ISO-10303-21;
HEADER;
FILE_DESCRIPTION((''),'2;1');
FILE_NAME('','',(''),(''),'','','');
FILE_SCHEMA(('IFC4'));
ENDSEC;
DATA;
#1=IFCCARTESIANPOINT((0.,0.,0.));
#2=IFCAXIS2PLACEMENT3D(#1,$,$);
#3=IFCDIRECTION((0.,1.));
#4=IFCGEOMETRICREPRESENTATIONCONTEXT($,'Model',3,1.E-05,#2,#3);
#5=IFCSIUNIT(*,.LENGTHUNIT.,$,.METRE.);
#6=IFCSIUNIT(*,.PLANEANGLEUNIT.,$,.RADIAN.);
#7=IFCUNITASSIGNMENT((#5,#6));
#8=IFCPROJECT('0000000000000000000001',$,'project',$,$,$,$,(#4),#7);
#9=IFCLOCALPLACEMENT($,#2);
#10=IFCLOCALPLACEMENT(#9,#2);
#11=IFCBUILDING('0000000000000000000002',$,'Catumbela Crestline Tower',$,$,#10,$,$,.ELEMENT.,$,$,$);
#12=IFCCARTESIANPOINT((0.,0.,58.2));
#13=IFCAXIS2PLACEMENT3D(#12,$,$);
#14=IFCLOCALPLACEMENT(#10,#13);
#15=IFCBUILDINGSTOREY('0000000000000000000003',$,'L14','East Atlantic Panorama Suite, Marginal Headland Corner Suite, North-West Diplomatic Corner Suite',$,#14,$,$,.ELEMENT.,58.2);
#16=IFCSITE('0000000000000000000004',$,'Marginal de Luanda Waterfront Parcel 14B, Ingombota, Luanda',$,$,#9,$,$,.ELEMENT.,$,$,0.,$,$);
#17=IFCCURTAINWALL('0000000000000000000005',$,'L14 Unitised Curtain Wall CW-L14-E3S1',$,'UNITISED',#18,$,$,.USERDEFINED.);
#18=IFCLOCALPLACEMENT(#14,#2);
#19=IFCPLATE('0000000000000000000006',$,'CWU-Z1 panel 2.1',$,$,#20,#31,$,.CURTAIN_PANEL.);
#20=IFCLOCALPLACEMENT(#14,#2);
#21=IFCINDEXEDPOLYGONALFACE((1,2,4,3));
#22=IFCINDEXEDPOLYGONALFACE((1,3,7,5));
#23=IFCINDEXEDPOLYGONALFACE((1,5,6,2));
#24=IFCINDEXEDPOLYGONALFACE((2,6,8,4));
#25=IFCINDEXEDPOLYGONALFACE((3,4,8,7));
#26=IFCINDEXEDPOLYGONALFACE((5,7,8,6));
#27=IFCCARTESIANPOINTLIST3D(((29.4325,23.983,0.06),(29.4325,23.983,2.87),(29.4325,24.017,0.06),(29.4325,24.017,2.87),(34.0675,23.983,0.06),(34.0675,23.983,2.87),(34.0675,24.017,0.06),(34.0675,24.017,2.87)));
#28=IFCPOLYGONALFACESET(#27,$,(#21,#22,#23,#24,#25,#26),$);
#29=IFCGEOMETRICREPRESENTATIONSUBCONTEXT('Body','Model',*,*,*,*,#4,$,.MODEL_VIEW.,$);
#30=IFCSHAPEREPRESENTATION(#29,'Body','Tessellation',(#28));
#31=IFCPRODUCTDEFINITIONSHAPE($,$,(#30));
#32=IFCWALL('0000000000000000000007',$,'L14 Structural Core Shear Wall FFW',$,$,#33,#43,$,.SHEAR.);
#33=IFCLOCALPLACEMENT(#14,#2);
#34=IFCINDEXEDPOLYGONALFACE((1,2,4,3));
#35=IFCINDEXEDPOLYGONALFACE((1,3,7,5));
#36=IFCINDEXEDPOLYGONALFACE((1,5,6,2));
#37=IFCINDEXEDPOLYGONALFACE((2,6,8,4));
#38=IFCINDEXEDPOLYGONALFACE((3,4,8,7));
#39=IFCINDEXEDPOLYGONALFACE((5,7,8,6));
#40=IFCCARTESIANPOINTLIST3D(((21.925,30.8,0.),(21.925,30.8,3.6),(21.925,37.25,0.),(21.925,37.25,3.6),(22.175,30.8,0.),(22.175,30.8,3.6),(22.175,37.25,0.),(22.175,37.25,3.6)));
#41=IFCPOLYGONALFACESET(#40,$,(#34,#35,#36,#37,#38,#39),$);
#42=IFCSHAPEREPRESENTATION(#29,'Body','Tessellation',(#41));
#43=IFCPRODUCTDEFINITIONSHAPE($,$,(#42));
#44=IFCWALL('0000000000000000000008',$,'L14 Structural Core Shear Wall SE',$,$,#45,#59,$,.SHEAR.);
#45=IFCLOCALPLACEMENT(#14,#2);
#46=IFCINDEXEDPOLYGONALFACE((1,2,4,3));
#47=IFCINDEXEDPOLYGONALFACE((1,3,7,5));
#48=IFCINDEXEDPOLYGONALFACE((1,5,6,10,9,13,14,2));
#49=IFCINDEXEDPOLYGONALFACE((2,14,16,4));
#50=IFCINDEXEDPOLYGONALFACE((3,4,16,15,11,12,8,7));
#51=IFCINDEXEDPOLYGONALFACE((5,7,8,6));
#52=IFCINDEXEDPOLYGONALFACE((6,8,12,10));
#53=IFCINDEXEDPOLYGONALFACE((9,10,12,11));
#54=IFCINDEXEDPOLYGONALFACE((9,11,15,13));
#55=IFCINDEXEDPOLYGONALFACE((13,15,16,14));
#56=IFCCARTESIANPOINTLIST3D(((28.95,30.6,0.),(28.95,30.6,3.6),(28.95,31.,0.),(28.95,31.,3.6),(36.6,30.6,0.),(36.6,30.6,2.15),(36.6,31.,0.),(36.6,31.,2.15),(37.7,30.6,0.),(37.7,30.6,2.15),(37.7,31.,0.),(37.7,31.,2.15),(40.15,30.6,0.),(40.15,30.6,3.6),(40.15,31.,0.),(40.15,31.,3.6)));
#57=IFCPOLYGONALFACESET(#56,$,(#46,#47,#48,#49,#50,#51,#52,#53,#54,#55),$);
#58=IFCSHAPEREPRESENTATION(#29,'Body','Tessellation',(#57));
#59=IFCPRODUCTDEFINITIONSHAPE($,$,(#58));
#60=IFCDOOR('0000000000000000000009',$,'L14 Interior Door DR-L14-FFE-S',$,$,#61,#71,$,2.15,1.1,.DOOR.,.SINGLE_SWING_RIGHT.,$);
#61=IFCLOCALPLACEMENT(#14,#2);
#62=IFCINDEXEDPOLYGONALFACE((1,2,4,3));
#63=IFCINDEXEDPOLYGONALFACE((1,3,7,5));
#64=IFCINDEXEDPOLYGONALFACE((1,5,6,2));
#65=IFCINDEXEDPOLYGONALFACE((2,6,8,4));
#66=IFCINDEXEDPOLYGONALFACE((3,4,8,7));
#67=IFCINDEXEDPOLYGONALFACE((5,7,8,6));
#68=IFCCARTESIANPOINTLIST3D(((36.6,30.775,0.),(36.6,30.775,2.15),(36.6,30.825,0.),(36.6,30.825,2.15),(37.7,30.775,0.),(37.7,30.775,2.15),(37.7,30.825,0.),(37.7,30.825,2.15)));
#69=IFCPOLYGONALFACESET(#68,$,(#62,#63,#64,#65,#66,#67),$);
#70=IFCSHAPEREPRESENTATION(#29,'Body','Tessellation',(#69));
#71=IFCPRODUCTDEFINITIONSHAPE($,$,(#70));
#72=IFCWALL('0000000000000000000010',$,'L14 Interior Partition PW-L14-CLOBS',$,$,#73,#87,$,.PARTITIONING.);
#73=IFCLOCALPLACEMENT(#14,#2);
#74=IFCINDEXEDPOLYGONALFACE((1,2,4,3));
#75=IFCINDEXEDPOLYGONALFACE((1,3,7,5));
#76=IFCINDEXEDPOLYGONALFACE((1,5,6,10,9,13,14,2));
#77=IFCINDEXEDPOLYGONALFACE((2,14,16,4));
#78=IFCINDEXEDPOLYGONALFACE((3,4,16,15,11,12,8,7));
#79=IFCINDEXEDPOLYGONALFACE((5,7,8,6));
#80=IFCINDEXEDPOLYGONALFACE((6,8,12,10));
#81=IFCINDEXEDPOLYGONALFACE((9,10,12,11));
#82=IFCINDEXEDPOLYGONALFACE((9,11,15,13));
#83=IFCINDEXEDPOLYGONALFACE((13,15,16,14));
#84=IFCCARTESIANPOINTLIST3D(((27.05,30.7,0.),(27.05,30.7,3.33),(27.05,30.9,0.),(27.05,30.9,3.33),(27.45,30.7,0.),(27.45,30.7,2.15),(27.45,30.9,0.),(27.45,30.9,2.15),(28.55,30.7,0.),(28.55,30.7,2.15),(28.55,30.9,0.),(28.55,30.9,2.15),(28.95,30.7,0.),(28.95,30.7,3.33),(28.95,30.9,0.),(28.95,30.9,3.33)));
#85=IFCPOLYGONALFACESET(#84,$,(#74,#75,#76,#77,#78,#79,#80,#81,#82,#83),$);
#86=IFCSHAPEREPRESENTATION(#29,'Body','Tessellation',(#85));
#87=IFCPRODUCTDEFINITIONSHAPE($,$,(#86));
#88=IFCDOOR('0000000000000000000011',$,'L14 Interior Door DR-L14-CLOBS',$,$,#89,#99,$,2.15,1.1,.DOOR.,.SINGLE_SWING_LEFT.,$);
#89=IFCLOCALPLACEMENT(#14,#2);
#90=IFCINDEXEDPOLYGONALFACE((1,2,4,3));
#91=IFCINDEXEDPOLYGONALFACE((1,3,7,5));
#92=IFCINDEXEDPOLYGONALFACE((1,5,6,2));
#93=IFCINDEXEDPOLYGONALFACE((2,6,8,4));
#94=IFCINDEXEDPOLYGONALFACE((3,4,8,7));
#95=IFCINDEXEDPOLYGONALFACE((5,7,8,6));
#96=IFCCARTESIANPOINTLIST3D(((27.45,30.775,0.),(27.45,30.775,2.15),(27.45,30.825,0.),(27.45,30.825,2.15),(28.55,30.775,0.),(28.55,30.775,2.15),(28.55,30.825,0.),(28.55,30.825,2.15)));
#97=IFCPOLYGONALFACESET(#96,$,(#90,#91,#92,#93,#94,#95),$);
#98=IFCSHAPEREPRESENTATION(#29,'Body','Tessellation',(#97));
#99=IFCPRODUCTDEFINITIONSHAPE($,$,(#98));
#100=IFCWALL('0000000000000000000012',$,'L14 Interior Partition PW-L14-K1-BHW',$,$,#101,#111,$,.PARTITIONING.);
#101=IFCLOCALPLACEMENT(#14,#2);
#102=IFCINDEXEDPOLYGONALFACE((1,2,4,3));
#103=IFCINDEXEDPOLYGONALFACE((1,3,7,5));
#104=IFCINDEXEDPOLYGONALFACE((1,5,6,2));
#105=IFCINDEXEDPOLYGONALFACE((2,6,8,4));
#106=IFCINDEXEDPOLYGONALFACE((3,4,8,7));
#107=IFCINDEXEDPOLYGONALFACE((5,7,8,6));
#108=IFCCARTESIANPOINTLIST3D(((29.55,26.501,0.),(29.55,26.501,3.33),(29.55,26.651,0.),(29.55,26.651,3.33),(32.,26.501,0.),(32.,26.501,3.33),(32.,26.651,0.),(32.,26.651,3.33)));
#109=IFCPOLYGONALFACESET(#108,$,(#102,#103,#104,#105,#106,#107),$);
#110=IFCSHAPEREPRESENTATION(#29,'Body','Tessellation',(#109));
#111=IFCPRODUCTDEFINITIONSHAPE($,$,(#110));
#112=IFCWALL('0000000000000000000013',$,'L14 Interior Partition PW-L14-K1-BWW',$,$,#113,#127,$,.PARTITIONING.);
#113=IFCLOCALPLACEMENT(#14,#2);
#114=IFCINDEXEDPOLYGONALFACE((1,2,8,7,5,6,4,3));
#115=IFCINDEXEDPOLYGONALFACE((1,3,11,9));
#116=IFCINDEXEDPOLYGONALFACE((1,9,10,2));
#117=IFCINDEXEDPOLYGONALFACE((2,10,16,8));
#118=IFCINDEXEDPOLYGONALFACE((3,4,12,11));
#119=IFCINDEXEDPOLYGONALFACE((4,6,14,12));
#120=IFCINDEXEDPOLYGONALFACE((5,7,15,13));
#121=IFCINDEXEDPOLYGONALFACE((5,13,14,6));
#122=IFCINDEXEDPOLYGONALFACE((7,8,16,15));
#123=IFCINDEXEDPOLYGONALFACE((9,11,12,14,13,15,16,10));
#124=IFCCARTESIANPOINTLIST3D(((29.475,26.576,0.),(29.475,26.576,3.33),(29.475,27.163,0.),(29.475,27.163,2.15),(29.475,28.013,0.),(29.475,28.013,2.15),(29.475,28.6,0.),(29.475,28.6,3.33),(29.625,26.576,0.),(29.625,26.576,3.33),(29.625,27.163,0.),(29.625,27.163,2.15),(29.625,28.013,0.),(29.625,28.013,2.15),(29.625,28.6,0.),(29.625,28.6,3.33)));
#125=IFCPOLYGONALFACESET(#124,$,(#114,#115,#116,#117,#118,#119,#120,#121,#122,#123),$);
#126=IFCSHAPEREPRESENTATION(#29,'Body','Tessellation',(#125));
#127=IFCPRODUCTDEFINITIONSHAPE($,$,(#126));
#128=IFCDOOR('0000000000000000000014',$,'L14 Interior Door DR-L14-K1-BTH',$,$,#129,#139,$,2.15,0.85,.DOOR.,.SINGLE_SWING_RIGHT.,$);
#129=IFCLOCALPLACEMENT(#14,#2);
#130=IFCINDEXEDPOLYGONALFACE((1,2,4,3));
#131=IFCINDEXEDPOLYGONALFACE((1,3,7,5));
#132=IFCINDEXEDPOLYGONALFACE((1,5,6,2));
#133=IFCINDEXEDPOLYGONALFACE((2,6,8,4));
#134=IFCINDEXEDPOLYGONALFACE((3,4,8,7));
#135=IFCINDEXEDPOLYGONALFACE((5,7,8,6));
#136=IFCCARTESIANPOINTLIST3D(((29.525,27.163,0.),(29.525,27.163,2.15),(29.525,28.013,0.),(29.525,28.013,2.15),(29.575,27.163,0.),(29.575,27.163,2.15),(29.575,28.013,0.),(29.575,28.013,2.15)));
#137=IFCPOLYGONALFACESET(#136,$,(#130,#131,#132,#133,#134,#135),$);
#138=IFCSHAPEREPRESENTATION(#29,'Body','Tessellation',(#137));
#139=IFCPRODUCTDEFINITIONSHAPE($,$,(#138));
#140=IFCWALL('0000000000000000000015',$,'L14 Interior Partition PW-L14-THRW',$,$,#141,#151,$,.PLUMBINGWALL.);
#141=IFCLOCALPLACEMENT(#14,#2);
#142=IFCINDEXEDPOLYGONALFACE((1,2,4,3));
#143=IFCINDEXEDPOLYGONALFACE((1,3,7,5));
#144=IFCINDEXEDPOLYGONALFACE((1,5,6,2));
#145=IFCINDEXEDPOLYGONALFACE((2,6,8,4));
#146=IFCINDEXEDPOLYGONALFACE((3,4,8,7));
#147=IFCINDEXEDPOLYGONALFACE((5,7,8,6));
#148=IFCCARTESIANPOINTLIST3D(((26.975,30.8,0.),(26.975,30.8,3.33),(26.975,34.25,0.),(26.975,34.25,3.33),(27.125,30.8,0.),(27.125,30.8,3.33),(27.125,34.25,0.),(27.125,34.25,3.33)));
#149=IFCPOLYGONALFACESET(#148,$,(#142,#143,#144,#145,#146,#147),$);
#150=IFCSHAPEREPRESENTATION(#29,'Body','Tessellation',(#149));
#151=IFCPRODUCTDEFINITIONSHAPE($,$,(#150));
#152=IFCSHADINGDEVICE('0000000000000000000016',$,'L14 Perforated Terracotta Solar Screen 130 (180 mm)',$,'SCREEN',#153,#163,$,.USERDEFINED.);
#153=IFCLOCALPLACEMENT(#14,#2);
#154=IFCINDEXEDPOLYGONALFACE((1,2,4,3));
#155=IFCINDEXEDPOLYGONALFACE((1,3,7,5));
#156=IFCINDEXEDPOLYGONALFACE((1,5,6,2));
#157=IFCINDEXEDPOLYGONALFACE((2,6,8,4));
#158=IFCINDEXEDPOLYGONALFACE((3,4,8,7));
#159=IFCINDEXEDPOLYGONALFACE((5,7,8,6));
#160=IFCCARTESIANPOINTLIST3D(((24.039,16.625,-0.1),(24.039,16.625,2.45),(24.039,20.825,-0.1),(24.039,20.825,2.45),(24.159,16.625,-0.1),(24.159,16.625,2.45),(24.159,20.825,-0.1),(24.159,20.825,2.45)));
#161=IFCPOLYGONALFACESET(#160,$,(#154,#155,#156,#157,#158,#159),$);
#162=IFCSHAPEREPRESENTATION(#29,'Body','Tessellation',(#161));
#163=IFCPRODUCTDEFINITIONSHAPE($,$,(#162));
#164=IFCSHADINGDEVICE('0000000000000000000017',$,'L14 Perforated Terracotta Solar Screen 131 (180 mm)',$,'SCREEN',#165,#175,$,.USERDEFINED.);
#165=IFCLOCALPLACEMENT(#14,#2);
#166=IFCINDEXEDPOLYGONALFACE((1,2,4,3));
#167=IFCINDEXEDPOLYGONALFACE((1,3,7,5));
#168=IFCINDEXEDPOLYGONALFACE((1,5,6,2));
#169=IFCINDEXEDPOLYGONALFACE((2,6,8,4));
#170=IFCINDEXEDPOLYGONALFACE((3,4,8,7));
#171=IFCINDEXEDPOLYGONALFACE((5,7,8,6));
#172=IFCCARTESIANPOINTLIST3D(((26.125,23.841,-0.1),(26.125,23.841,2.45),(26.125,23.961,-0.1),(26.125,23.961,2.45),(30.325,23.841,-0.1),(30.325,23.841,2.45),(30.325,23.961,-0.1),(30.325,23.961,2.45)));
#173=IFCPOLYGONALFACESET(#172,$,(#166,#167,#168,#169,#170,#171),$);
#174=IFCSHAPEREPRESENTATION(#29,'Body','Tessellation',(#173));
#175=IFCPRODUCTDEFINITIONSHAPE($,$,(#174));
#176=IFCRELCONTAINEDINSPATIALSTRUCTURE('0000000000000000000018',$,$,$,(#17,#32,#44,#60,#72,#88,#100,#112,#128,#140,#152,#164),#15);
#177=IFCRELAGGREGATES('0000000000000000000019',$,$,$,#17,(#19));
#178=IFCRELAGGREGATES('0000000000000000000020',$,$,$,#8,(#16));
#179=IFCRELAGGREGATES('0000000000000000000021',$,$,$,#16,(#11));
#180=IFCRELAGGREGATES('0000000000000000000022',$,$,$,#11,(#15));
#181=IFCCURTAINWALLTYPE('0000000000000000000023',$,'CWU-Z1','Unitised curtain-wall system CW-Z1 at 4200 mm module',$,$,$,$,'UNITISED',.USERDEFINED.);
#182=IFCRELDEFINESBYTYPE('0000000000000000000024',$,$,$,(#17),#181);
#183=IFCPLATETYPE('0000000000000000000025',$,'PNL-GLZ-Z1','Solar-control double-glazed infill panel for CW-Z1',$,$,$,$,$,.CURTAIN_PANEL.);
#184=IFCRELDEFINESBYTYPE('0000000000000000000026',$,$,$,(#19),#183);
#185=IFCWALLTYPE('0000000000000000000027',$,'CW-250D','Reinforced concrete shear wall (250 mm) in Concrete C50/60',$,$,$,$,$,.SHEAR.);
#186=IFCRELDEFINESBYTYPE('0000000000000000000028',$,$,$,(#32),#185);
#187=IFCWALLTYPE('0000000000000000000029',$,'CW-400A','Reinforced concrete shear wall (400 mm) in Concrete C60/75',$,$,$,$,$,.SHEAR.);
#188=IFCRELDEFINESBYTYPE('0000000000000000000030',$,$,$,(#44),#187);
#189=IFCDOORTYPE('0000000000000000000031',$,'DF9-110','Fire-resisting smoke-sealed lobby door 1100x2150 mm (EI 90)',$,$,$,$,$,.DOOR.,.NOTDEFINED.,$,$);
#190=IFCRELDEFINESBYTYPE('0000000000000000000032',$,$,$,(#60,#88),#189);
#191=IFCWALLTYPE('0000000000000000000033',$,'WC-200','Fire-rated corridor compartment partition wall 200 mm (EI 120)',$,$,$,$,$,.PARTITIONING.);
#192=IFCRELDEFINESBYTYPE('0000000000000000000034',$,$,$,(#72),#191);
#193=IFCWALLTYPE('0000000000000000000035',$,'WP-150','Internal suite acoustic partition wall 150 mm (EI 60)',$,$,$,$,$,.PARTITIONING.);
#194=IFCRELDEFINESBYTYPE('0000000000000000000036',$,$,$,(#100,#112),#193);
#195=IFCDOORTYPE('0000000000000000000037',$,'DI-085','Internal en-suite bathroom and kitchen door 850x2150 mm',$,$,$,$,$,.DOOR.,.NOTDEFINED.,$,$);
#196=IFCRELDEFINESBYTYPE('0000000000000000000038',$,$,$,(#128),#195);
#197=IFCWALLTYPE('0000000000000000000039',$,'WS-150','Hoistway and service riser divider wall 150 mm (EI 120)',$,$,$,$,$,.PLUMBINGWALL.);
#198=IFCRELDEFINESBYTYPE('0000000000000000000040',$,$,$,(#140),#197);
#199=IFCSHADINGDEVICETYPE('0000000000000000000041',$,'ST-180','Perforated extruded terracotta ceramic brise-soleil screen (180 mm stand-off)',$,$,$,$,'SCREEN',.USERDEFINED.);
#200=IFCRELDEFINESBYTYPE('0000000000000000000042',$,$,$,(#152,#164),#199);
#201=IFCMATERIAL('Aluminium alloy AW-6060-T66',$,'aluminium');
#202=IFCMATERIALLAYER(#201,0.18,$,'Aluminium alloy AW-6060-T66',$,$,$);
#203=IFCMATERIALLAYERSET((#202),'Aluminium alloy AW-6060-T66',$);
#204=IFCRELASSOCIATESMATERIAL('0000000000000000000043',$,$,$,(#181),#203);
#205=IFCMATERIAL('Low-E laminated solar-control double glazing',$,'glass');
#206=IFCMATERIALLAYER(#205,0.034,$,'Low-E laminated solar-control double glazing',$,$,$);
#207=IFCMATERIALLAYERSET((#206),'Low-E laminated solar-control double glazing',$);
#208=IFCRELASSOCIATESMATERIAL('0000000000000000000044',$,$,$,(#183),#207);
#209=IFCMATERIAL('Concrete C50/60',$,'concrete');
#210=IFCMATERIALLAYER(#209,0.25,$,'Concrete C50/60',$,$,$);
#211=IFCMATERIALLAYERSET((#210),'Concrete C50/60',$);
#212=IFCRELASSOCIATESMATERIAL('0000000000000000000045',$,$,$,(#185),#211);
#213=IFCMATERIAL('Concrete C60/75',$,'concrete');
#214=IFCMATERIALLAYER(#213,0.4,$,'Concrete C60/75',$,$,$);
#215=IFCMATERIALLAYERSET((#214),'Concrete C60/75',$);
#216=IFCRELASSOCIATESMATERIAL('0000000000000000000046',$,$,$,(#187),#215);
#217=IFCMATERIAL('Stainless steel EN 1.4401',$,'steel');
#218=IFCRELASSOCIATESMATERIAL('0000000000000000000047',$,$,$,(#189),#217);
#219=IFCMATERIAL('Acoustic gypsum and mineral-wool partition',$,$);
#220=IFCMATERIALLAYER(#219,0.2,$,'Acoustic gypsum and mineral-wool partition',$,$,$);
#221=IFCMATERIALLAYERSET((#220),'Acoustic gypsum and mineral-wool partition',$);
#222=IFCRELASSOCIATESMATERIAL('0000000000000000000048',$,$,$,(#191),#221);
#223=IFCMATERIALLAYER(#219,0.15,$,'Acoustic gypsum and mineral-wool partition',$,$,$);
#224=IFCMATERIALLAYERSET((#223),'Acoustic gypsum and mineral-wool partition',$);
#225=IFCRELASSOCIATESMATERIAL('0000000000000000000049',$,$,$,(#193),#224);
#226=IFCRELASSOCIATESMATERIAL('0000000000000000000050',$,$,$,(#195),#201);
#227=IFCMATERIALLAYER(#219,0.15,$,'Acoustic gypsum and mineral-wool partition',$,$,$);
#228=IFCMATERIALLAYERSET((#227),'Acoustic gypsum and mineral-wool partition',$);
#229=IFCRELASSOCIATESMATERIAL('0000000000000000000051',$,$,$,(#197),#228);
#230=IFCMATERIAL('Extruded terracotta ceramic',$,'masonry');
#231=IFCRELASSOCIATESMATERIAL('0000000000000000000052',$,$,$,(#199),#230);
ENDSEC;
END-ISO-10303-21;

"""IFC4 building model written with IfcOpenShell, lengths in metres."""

from ifc_helpers import new_model, si_unit, direction, frame, frame_2d, origin, origin_2d, place, context, subcontext, project, spatial, rectangle, extrude, material, layer, layer_set, type_object, element, fill, aggregate, save


model = new_model("IFC4")

# Units and contexts
model_context = context("Model", 3, precision=1e-05, world=origin(), true_north=direction((0.0, 1.0)))
body_context = subcontext(model_context, "Body", "Model", "MODEL_VIEW")
ifc_project = project(units=[si_unit("LENGTHUNIT", "METRE"), si_unit("PLANEANGLEUNIT", "RADIAN")], contexts=[model_context])

# Site, building, storey
site_placement = place(None, origin())
site = spatial("IfcSite", under=ifc_project, at=site_placement, Name="Marginal de Luanda Waterfront Parcel 14B, Ingombota, Luanda", CompositionType="ELEMENT", RefElevation=0.0)
building_placement = place(site_placement, origin())
building = spatial("IfcBuilding", under=site, at=building_placement, Name="Catumbela Crestline Tower", CompositionType="ELEMENT")
storey_placement = place(building_placement, frame((0.0, 0.0, 58.2)))
storey = spatial("IfcBuildingStorey", under=building, at=storey_placement, Name="L14", Description="East Atlantic Panorama Suite, Marginal Headland Corner Suite, North-West Diplomatic Corner Suite", CompositionType="ELEMENT", Elevation=58.2)

# Shared definitions
ifc_material_1 = material(Name="Concrete C60/75", Category="concrete")

# Curtain wall
ifc_material_2 = material(Name="Aluminium alloy AW-6060-T66", Category="aluminium")
ifc_layer_1 = layer(ifc_material_2, 0.18, Name="Aluminium alloy AW-6060-T66")
ifc_layer_set_1 = layer_set([ifc_layer_1], Name="Aluminium alloy AW-6060-T66")
curtain_wall_type = type_object("IfcCurtainWallType", Name="CWU-Z1", Description="Unitised curtain-wall system CW-Z1 at 4200 mm module", ElementType="UNITISED", PredefinedType="USERDEFINED", material=ifc_layer_set_1)
curtain_wall_1_placement = place(storey_placement, origin())
curtain_wall_1 = element("IfcCurtainWall", 1, at=curtain_wall_1_placement, inside=storey, type_object=curtain_wall_type, Name="L14 Unitised Curtain Wall CW-L14-E3S1", ObjectType="UNITISED", PredefinedType="USERDEFINED")

# Plate
ifc_material_3 = material(Name="Low-E laminated solar-control double glazing", Category="glass")
ifc_layer_2 = layer(ifc_material_3, 0.034, Name="Low-E laminated solar-control double glazing")
ifc_layer_set_2 = layer_set([ifc_layer_2], Name="Low-E laminated solar-control double glazing")
plate_type = type_object("IfcPlateType", Name="PNL-GLZ-Z1", Description="Solar-control double-glazed infill panel for CW-Z1", PredefinedType="CURTAIN_PANEL", material=ifc_layer_set_2)
plate_1_placement = place(storey_placement, frame((31.75, 24.0, 0.06), z_axis=(0.0, 0.0, 1.0), x_axis=(1.0, 0.0, 0.0)))
plate_1 = element("IfcPlate", 2, at=plate_1_placement, type_object=plate_type, Name="CWU-Z1 panel 2.1", PredefinedType="CURTAIN_PANEL", context=body_context, shape_type="SweptSolid", body=[
    extrude(rectangle(XDim=4.635, YDim=0.034, at=origin_2d()), origin(), (0.0, 0.0, 1.0), 2.81),
])
aggregate(curtain_wall_1, [plate_1])

# Wall
ifc_material_4 = material(Name="Concrete C50/60", Category="concrete")
ifc_layer_3 = layer(ifc_material_4, 0.25, Name="Concrete C50/60")
ifc_layer_set_3 = layer_set([ifc_layer_3], Name="Concrete C50/60")
wall_type_1 = type_object("IfcWallType", Name="CW-250D", Description="Reinforced concrete shear wall (250 mm) in Concrete C50/60", PredefinedType="SHEAR", material=ifc_layer_set_3)
wall_1_placement = place(storey_placement, frame((22.05, 30.8, 0.0), z_axis=(0.0, 0.0, 1.0), x_axis=(0.0, 1.0, 0.0)))
element("IfcWall", 3, at=wall_1_placement, inside=storey, type_object=wall_type_1, Name="L14 Structural Core Shear Wall FFW", PredefinedType="SHEAR", context=body_context, shape_type="SweptSolid", body=[
    extrude(rectangle(XDim=6.45, YDim=0.25, at=frame_2d((3.225, 0.0))), origin(), (0.0, 0.0, 1.0), 3.6),
])

# Walls, openings, doors
ifc_layer_4 = layer(ifc_material_1, 0.4, Name="Concrete C60/75")
ifc_layer_set_4 = layer_set([ifc_layer_4], Name="Concrete C60/75")
wall_type_2 = type_object("IfcWallType", Name="CW-400A", Description="Reinforced concrete shear wall (400 mm) in Concrete C60/75", PredefinedType="SHEAR", material=ifc_layer_set_4)
wall_2_placement = place(storey_placement, frame((28.95, 30.8, 0.0), z_axis=(0.0, 0.0, 1.0), x_axis=(1.0, 0.0, 0.0)))
wall_2 = element("IfcWall", 4, at=wall_2_placement, inside=storey, type_object=wall_type_2, Name="L14 Structural Core Shear Wall SE", PredefinedType="SHEAR", context=body_context, shape_type="SweptSolid", body=[
    extrude(rectangle(XDim=11.2, YDim=0.4, at=frame_2d((5.6, 0.0))), origin(), (0.0, 0.0, 1.0), 3.6),
])
opening_1_placement = place(wall_2_placement, frame((7.65, 0.0, 0.0)))
opening_1 = element("IfcOpeningElement", 5, at=opening_1_placement, cuts=wall_2, PredefinedType="OPENING", context=body_context, shape_type="SweptSolid", body=[
    extrude(rectangle(XDim=1.1, YDim=2.15, at=frame_2d((0.55, 1.075))), frame((0.0, 0.21, 0.0), z_axis=(0.0, -1.0, 0.0), x_axis=(1.0, 0.0, 0.0)), (0.0, 0.0, 1.0), 0.42),
])
ifc_material_5 = material(Name="Stainless steel EN 1.4401", Category="steel")
door_type_1 = type_object("IfcDoorType", Name="DF9-110", Description="Fire-resisting smoke-sealed lobby door 1100x2150 mm (EI 90)", OperationType="NOTDEFINED", PredefinedType="DOOR", material=ifc_material_5)
door_1_placement = place(opening_1_placement, origin())
door_1 = element("IfcDoor", 6, at=door_1_placement, inside=storey, type_object=door_type_1, Name="L14 Interior Door DR-L14-FFE-S", OperationType="SINGLE_SWING_RIGHT", OverallHeight=2.15, OverallWidth=1.1, PredefinedType="DOOR", context=body_context, shape_type="SweptSolid", body=[
    extrude(rectangle(XDim=1.1, YDim=2.15, at=frame_2d((0.55, 1.075))), frame((0.0, 0.025, 0.0), z_axis=(0.0, -1.0, 0.0), x_axis=(1.0, 0.0, 0.0)), (0.0, 0.0, 1.0), 0.05),
])
fill(opening_1, door_1)
ifc_material_6 = material(Name="Acoustic gypsum and mineral-wool partition")
ifc_layer_5 = layer(ifc_material_6, 0.2, Name="Acoustic gypsum and mineral-wool partition")
ifc_layer_set_5 = layer_set([ifc_layer_5], Name="Acoustic gypsum and mineral-wool partition")
wall_type_3 = type_object("IfcWallType", Name="WC-200", Description="Fire-rated corridor compartment partition wall 200 mm (EI 120)", PredefinedType="PARTITIONING", material=ifc_layer_set_5)
wall_3_placement = place(storey_placement, frame((27.05, 30.8, 0.0), z_axis=(0.0, 0.0, 1.0), x_axis=(1.0, 0.0, 0.0)))
wall_3 = element("IfcWall", 7, at=wall_3_placement, inside=storey, type_object=wall_type_3, Name="L14 Interior Partition PW-L14-CLOBS", PredefinedType="PARTITIONING", context=body_context, shape_type="SweptSolid", body=[
    extrude(rectangle(XDim=1.9, YDim=0.2, at=frame_2d((0.95, 0.0))), origin(), (0.0, 0.0, 1.0), 3.33),
])
opening_2_placement = place(wall_3_placement, frame((0.4, 0.0, 0.0)))
opening_2 = element("IfcOpeningElement", 8, at=opening_2_placement, cuts=wall_3, PredefinedType="OPENING", context=body_context, shape_type="SweptSolid", body=[
    extrude(rectangle(XDim=1.1, YDim=2.15, at=frame_2d((0.55, 1.075))), frame((0.0, 0.11, 0.0), z_axis=(0.0, -1.0, 0.0), x_axis=(1.0, 0.0, 0.0)), (0.0, 0.0, 1.0), 0.22),
])
door_2_placement = place(opening_2_placement, origin())
door_2 = element("IfcDoor", 9, at=door_2_placement, inside=storey, type_object=door_type_1, Name="L14 Interior Door DR-L14-CLOBS", OperationType="SINGLE_SWING_LEFT", OverallHeight=2.15, OverallWidth=1.1, PredefinedType="DOOR", context=body_context, shape_type="SweptSolid", body=[
    extrude(rectangle(XDim=1.1, YDim=2.15, at=frame_2d((0.55, 1.075))), frame((0.0, 0.025, 0.0), z_axis=(0.0, -1.0, 0.0), x_axis=(1.0, 0.0, 0.0)), (0.0, 0.0, 1.0), 0.05),
])
fill(opening_2, door_2)

# Wall
ifc_layer_6 = layer(ifc_material_6, 0.15, Name="Acoustic gypsum and mineral-wool partition")
ifc_layer_set_6 = layer_set([ifc_layer_6], Name="Acoustic gypsum and mineral-wool partition")
wall_type_4 = type_object("IfcWallType", Name="WP-150", Description="Internal suite acoustic partition wall 150 mm (EI 60)", PredefinedType="PARTITIONING", material=ifc_layer_set_6)
wall_4_placement = place(storey_placement, frame((29.55, 26.576, 0.0), z_axis=(0.0, 0.0, 1.0), x_axis=(1.0, 0.0, 0.0)))
element("IfcWall", 10, at=wall_4_placement, inside=storey, type_object=wall_type_4, Name="L14 Interior Partition PW-L14-K1-BHW", PredefinedType="PARTITIONING", context=body_context, shape_type="SweptSolid", body=[
    extrude(rectangle(XDim=2.45, YDim=0.15, at=frame_2d((1.225, 0.0))), origin(), (0.0, 0.0, 1.0), 3.33),
])

# Wall, opening, door
wall_5_placement = place(storey_placement, frame((29.55, 26.576, 0.0), z_axis=(0.0, 0.0, 1.0), x_axis=(0.0, 1.0, 0.0)))
wall_5 = element("IfcWall", 11, at=wall_5_placement, inside=storey, type_object=wall_type_4, Name="L14 Interior Partition PW-L14-K1-BWW", PredefinedType="PARTITIONING", context=body_context, shape_type="SweptSolid", body=[
    extrude(rectangle(XDim=2.024, YDim=0.15, at=frame_2d((1.012, 0.0))), origin(), (0.0, 0.0, 1.0), 3.33),
])
opening_3_placement = place(wall_5_placement, frame((0.587, 0.0, 0.0)))
opening_3 = element("IfcOpeningElement", 12, at=opening_3_placement, cuts=wall_5, PredefinedType="OPENING", context=body_context, shape_type="SweptSolid", body=[
    extrude(rectangle(XDim=0.85, YDim=2.15, at=frame_2d((0.425, 1.075))), frame((0.0, 0.085, 0.0), z_axis=(0.0, -1.0, 0.0), x_axis=(1.0, 0.0, 0.0)), (0.0, 0.0, 1.0), 0.17),
])
door_type_2 = type_object("IfcDoorType", Name="DI-085", Description="Internal en-suite bathroom and kitchen door 850x2150 mm", OperationType="NOTDEFINED", PredefinedType="DOOR", material=ifc_material_2)
door_3_placement = place(opening_3_placement, origin())
door_3 = element("IfcDoor", 13, at=door_3_placement, inside=storey, type_object=door_type_2, Name="L14 Interior Door DR-L14-K1-BTH", OperationType="SINGLE_SWING_RIGHT", OverallHeight=2.15, OverallWidth=0.85, PredefinedType="DOOR", context=body_context, shape_type="SweptSolid", body=[
    extrude(rectangle(XDim=0.85, YDim=2.15, at=frame_2d((0.425, 1.075))), frame((0.0, 0.025, 0.0), z_axis=(0.0, -1.0, 0.0), x_axis=(1.0, 0.0, 0.0)), (0.0, 0.0, 1.0), 0.05),
])
fill(opening_3, door_3)

# Wall
ifc_layer_7 = layer(ifc_material_6, 0.15, Name="Acoustic gypsum and mineral-wool partition")
ifc_layer_set_7 = layer_set([ifc_layer_7], Name="Acoustic gypsum and mineral-wool partition")
wall_type_5 = type_object("IfcWallType", Name="WS-150", Description="Hoistway and service riser divider wall 150 mm (EI 120)", PredefinedType="PLUMBINGWALL", material=ifc_layer_set_7)
wall_6_placement = place(storey_placement, frame((27.05, 30.8, 0.0), z_axis=(0.0, 0.0, 1.0), x_axis=(0.0, 1.0, 0.0)))
element("IfcWall", 14, at=wall_6_placement, inside=storey, type_object=wall_type_5, Name="L14 Interior Partition PW-L14-THRW", PredefinedType="PLUMBINGWALL", context=body_context, shape_type="SweptSolid", body=[
    extrude(rectangle(XDim=3.45, YDim=0.15, at=frame_2d((1.725, 0.0))), origin(), (0.0, 0.0, 1.0), 3.33),
])

# Shading devices
ifc_material_7 = material(Name="Extruded terracotta ceramic", Category="masonry")
shading_device_type = type_object("IfcShadingDeviceType", Name="ST-180", Description="Perforated extruded terracotta ceramic brise-soleil screen (180 mm stand-off)", ElementType="SCREEN", PredefinedType="USERDEFINED", material=ifc_material_7)
for number, where, z_axis, x_axis, name in (
    (15, (24.099, 18.725, -0.1), (0.0, 0.0, 1.0), (0.0, 1.0, 0.0), "L14 Perforated Terracotta Solar Screen 130 (180 mm)"),
    (16, (28.225, 23.901, -0.1), (0.0, 0.0, 1.0), (1.0, 0.0, 0.0), "L14 Perforated Terracotta Solar Screen 131 (180 mm)"),
):
    element("IfcShadingDevice", number, at=place(storey_placement, frame(where, z_axis=z_axis, x_axis=x_axis)), inside=storey, type_object=shading_device_type, Name=name, ObjectType="SCREEN", PredefinedType="USERDEFINED", context=body_context, shape_type="SweptSolid", body=[
        extrude(rectangle(XDim=4.2, YDim=0.12, at=origin_2d()), origin(), (0.0, 0.0, 1.0), 2.55),
    ])

save(model, "model.ifc")
